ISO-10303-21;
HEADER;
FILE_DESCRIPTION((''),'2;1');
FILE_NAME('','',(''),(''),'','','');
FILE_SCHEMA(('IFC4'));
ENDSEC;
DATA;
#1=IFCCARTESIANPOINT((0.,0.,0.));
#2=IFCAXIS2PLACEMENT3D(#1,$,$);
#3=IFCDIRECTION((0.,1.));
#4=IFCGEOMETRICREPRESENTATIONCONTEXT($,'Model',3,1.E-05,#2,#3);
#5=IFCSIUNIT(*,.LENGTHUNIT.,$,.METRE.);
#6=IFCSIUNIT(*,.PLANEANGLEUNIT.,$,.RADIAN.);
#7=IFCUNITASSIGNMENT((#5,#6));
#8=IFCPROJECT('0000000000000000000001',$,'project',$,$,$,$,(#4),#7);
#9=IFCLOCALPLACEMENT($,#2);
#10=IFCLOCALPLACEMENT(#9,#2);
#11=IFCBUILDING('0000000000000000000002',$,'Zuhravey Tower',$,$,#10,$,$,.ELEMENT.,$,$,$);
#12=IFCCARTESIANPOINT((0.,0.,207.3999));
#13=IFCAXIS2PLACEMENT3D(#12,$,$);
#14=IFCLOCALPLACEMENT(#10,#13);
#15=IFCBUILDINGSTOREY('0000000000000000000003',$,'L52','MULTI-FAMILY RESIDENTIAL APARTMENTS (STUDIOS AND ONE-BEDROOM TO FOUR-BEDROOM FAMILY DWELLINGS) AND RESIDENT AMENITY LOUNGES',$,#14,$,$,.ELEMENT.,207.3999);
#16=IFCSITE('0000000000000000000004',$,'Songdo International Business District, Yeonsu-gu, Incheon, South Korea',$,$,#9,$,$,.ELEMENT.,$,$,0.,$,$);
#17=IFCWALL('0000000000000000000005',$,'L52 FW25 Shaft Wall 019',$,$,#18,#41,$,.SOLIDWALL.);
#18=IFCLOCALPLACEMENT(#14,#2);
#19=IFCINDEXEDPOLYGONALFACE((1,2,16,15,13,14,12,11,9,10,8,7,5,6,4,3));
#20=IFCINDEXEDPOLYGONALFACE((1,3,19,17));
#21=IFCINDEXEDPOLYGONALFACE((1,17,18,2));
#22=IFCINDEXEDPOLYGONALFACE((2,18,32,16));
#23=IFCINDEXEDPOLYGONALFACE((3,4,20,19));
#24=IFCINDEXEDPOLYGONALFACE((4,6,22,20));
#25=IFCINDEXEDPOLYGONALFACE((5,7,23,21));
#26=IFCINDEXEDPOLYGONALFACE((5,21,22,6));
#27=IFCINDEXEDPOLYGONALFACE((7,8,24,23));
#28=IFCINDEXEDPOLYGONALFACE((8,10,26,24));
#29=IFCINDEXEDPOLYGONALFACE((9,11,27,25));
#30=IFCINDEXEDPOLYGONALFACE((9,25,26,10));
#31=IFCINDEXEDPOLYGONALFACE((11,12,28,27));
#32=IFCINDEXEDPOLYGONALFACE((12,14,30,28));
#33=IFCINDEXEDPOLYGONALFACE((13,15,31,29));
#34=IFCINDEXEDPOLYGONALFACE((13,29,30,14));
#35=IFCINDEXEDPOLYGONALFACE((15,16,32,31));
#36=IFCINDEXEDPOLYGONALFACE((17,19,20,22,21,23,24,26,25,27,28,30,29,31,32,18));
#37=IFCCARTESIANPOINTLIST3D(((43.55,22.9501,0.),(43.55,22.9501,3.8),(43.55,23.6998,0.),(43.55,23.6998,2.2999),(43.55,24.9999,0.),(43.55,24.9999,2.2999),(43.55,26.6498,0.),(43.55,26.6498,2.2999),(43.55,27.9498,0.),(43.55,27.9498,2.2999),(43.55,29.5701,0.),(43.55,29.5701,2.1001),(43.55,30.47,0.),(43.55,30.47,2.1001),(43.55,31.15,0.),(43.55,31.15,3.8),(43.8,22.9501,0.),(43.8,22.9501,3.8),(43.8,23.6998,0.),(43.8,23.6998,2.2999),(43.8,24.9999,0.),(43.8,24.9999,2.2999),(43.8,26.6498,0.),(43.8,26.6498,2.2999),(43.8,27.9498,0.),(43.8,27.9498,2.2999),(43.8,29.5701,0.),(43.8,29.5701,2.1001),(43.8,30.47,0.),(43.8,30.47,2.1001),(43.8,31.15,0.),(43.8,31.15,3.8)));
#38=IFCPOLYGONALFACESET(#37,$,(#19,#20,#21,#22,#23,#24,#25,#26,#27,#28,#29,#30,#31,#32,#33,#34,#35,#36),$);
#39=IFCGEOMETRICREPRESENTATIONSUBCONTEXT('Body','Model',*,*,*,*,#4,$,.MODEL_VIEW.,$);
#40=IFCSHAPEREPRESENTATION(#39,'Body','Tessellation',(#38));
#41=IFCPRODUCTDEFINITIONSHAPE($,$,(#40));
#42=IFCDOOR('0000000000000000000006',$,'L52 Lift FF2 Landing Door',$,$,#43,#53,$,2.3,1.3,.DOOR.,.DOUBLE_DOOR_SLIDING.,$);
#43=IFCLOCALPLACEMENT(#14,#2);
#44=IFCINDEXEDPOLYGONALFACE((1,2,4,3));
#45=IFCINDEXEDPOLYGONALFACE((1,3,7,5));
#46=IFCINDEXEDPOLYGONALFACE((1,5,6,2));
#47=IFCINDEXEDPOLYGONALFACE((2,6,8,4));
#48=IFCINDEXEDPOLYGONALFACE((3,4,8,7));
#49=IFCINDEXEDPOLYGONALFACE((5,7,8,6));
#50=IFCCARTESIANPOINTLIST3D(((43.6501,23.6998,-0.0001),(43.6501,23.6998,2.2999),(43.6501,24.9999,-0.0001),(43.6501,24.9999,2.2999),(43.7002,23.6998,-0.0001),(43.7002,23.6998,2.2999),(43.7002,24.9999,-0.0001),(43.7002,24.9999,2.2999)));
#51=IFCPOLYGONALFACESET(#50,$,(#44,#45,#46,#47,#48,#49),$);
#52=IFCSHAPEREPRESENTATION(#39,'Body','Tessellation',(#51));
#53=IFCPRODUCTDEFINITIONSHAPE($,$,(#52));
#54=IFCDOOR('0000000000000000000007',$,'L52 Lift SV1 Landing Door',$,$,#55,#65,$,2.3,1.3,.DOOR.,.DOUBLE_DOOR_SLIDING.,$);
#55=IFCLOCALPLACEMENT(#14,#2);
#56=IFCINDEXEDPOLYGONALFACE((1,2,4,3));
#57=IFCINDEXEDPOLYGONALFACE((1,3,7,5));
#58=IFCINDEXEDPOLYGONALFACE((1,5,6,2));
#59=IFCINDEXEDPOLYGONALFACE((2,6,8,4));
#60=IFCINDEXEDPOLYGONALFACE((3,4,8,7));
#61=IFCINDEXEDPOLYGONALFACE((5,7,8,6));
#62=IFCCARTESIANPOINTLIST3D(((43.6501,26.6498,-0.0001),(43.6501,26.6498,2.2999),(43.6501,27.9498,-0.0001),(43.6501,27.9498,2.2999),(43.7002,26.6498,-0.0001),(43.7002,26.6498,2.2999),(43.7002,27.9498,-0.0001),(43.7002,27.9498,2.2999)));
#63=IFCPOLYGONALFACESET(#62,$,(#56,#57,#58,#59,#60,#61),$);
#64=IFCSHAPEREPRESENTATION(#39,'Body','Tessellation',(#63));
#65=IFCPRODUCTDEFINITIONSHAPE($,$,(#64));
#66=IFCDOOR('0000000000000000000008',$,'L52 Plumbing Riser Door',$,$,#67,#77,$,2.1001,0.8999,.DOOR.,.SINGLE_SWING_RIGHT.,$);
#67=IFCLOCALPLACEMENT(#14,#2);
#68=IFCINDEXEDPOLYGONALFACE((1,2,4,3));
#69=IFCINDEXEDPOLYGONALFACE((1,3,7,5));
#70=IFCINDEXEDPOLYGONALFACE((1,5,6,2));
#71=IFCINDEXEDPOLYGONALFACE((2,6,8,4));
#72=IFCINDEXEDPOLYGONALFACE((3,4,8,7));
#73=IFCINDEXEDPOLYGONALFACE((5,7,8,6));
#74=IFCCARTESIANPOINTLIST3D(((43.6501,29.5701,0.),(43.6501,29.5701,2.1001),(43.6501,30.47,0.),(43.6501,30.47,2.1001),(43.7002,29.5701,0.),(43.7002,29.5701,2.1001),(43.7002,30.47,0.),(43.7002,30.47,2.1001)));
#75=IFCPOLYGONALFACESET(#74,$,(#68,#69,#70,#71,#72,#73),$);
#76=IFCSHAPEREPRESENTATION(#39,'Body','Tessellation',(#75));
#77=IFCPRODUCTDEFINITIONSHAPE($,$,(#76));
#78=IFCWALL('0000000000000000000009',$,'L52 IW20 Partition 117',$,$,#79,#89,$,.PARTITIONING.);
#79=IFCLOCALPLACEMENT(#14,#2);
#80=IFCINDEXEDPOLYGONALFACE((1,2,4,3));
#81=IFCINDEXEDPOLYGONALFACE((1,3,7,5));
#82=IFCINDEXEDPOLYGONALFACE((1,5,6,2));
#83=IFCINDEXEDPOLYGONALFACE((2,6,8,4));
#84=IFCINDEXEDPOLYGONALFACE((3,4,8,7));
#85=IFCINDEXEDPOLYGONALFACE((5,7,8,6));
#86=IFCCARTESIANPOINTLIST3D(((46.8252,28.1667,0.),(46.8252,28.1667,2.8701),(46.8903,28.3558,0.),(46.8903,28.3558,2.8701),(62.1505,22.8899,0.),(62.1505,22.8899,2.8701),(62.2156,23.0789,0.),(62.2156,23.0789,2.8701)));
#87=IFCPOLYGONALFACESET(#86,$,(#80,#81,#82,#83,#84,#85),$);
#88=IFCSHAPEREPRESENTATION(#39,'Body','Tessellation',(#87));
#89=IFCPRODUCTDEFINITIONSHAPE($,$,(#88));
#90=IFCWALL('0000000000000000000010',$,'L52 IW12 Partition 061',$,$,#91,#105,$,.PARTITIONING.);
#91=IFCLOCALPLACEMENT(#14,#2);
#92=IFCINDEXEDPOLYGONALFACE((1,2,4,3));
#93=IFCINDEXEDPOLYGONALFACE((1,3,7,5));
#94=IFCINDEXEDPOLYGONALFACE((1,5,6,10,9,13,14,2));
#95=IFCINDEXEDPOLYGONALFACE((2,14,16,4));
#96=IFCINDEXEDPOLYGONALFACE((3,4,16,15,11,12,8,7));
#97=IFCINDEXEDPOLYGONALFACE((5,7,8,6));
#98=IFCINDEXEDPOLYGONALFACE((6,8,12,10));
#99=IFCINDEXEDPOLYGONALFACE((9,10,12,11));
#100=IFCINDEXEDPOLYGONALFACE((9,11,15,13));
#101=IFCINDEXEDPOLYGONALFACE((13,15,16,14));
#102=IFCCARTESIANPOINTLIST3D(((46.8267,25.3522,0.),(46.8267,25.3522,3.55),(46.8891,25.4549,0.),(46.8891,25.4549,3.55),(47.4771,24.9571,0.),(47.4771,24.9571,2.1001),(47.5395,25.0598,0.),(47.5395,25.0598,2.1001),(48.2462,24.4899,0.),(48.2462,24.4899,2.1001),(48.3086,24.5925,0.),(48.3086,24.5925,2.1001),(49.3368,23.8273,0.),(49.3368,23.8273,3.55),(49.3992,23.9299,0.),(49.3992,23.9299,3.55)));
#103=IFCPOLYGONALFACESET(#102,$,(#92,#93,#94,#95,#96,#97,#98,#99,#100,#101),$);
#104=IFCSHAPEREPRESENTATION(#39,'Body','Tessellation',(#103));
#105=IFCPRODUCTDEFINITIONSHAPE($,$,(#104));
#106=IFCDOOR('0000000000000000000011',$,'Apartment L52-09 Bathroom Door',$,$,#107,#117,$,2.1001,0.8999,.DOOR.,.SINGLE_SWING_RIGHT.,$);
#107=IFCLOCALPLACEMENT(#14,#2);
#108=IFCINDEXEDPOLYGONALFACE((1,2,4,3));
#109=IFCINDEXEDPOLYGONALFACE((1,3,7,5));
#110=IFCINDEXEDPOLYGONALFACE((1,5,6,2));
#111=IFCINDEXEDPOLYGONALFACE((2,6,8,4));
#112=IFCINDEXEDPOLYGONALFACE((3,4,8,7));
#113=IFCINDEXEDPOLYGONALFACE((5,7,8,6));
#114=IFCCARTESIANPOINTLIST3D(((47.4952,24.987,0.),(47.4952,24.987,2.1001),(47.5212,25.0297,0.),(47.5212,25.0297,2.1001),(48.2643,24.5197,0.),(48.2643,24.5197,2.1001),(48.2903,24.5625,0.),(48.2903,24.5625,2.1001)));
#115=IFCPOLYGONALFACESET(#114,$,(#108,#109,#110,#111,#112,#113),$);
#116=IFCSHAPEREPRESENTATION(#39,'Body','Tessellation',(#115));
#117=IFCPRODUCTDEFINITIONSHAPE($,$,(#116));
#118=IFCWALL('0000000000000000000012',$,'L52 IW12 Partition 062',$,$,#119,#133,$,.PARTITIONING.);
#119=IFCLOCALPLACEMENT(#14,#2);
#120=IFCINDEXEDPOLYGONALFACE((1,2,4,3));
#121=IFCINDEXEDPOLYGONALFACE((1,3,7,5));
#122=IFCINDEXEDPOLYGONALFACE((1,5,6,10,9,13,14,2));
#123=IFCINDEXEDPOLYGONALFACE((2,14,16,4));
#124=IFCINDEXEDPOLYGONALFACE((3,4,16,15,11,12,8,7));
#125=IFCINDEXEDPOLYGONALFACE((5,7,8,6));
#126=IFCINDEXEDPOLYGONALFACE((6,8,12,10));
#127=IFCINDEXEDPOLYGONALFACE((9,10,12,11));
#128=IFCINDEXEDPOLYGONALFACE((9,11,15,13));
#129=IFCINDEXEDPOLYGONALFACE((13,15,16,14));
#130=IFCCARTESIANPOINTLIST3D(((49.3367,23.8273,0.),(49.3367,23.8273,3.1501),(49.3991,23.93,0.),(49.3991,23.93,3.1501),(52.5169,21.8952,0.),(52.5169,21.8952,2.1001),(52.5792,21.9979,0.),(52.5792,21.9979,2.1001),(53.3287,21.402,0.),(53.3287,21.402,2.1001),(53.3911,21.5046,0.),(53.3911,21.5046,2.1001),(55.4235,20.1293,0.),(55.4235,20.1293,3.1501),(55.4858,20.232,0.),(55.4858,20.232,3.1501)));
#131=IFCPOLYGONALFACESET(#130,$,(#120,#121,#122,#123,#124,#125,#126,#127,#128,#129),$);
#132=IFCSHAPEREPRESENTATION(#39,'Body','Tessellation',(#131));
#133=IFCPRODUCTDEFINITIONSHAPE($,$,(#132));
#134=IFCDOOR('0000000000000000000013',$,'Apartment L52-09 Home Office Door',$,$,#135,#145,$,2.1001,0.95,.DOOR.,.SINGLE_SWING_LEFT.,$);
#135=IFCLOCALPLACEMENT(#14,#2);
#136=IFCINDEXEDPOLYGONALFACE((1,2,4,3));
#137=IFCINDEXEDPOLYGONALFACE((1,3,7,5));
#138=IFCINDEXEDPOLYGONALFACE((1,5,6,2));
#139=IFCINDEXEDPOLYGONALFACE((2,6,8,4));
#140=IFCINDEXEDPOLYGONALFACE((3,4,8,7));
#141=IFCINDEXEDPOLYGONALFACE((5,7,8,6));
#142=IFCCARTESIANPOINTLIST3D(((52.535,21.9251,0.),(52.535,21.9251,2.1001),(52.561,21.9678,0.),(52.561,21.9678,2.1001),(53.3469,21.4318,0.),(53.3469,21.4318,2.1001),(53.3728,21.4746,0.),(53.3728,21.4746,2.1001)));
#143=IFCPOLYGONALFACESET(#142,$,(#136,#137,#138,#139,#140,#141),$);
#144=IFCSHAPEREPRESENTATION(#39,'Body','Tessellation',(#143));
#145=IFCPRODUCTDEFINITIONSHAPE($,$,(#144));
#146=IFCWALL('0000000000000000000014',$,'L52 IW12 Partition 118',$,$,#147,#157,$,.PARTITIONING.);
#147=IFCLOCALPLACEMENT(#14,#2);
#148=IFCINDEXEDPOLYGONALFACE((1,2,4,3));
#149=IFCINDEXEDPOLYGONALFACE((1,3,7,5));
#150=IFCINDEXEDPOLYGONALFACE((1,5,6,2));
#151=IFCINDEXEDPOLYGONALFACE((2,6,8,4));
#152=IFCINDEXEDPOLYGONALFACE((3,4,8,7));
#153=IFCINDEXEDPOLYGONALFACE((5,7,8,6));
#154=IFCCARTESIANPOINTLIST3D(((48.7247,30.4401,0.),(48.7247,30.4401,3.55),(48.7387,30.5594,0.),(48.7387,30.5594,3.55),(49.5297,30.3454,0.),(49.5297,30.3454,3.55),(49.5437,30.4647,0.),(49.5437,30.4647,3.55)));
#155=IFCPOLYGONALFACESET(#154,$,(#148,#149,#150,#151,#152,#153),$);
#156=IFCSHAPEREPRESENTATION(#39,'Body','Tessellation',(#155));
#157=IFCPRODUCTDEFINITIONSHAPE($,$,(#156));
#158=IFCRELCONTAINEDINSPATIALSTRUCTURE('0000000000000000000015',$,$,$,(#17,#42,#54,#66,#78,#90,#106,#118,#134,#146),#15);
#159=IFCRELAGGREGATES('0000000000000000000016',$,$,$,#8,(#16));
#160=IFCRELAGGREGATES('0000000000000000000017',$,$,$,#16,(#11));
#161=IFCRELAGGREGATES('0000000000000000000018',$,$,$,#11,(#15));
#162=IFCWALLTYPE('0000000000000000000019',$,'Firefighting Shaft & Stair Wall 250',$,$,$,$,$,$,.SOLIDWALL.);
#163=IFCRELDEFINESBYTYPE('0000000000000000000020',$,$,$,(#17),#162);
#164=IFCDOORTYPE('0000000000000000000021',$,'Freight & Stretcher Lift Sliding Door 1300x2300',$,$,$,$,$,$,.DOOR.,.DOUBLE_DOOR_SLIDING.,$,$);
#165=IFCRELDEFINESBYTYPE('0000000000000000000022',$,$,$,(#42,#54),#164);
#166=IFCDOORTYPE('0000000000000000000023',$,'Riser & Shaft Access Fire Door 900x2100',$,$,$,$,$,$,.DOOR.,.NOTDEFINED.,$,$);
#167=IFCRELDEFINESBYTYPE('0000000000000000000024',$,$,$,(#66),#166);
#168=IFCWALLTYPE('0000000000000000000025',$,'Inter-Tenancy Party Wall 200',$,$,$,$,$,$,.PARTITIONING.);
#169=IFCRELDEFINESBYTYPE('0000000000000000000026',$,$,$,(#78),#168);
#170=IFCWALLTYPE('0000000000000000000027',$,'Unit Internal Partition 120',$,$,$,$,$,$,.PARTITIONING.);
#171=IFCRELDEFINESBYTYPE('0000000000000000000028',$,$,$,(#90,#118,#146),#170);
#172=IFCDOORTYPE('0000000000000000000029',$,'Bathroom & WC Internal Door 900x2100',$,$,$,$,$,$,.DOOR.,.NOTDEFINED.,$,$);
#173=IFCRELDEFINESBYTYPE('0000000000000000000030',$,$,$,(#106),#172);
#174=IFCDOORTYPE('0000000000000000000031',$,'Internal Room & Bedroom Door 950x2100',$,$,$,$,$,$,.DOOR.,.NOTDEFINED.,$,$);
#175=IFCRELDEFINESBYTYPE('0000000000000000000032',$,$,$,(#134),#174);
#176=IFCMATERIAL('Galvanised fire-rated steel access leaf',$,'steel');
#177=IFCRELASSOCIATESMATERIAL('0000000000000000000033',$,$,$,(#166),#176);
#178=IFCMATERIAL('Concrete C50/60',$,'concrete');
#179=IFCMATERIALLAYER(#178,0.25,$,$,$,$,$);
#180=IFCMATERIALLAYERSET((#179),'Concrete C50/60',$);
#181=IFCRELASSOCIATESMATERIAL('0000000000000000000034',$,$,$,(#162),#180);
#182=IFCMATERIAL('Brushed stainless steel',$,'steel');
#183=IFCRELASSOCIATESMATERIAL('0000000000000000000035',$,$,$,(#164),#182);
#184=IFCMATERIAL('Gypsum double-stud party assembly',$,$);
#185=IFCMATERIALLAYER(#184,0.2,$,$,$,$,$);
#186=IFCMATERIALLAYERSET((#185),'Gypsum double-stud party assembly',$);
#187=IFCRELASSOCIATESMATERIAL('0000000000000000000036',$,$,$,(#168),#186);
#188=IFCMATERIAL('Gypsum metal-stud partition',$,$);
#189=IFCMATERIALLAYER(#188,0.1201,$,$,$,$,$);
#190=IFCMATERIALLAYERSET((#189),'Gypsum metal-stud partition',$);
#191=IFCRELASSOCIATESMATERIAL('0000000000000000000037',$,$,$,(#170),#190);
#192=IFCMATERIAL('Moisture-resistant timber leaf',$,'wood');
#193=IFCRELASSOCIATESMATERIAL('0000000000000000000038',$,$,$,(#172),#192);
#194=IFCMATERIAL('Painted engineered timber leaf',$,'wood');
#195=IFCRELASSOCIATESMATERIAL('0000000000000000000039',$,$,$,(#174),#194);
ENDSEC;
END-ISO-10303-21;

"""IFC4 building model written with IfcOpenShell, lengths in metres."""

from ifc_helpers import new_model, si_unit, direction, frame, frame_2d, origin, place, context, subcontext, project, spatial, rectangle, extrude, material, layer, layer_set, type_object, element, fill, save


model = new_model("IFC4")

# Units and contexts
model_context = context("Model", 3, precision=1e-05, world=origin(), true_north=direction((0.0, 1.0)))
body_context = subcontext(model_context, "Body", "Model", "MODEL_VIEW")
ifc_project = project(units=[si_unit("LENGTHUNIT", "METRE"), si_unit("PLANEANGLEUNIT", "RADIAN")], contexts=[model_context])

# Site, building, storey
site_placement = place(None, origin())
site = spatial("IfcSite", under=ifc_project, at=site_placement, Name="Songdo International Business District, Yeonsu-gu, Incheon, South Korea", CompositionType="ELEMENT", RefElevation=0.0)
building_placement = place(site_placement, origin())
building = spatial("IfcBuilding", under=site, at=building_placement, Name="Zuhravey Tower", CompositionType="ELEMENT")
storey_placement = place(building_placement, frame((0.0, 0.0, 207.3999)))
storey = spatial("IfcBuildingStorey", under=building, at=storey_placement, Name="L52", Description="MULTI-FAMILY RESIDENTIAL APARTMENTS (STUDIOS AND ONE-BEDROOM TO FOUR-BEDROOM FAMILY DWELLINGS) AND RESIDENT AMENITY LOUNGES", CompositionType="ELEMENT", Elevation=207.3999)

# Shared definitions
ifc_material_1 = material(Name="Galvanised fire-rated steel access leaf", Category="steel")
door_type_1 = type_object("IfcDoorType", Name="Riser & Shaft Access Fire Door 900x2100", OperationType="NOTDEFINED", PredefinedType="DOOR", material=ifc_material_1)

# Shared definitions
ifc_material_2 = material(Name="Concrete C50/60", Category="concrete")
ifc_layer_1 = layer(ifc_material_2, 0.25)
ifc_layer_set_1 = layer_set([ifc_layer_1], Name="Concrete C50/60")
wall_type_1 = type_object("IfcWallType", Name="Firefighting Shaft & Stair Wall 250", PredefinedType="SOLIDWALL", material=ifc_layer_set_1)

# Wall, openings, doors
wall_1_placement = place(storey_placement, frame((43.675, 22.95, 0.0), z_axis=(0.0, 0.0, 1.0), x_axis=(0.0, 1.0, 0.0)))
wall_1 = element("IfcWall", 1, at=wall_1_placement, inside=storey, type_object=wall_type_1, Name="L52 FW25 Shaft Wall 019", PredefinedType="SOLIDWALL", context=body_context, shape_type="SweptSolid", body=[
    extrude(rectangle(XDim=8.2, YDim=0.25, at=frame_2d((4.1001, 0.0))), origin(), (0.0, 0.0, 1.0), 3.8),
])
opening_1_placement = place(wall_1_placement, frame((0.75, 0.0, 0.0)))
opening_1 = element("IfcOpeningElement", 2, at=opening_1_placement, cuts=wall_1, PredefinedType="OPENING", context=body_context, shape_type="SweptSolid", body=[
    extrude(rectangle(XDim=1.3, YDim=2.3, at=frame_2d((0.6499, 1.1499))), frame((0.0, 0.137, 0.0), z_axis=(0.0, -1.0, 0.0), x_axis=(1.0, 0.0, 0.0)), (0.0, 0.0, 1.0), 0.2739),
])
opening_2_placement = place(wall_1_placement, frame((3.7, 0.0, 0.0)))
opening_2 = element("IfcOpeningElement", 3, at=opening_2_placement, cuts=wall_1, PredefinedType="OPENING", context=body_context, shape_type="SweptSolid", body=[
    extrude(rectangle(XDim=1.3, YDim=2.3, at=frame_2d((0.6499, 1.1499))), frame((0.0, 0.137, 0.0), z_axis=(0.0, -1.0, 0.0), x_axis=(1.0, 0.0, 0.0)), (0.0, 0.0, 1.0), 0.2739),
])
opening_3_placement = place(wall_1_placement, frame((6.6201, 0.0, 0.0)))
opening_3 = element("IfcOpeningElement", 4, at=opening_3_placement, cuts=wall_1, PredefinedType="OPENING", context=body_context, shape_type="SweptSolid", body=[
    extrude(rectangle(XDim=0.8999, YDim=2.1001, at=frame_2d((0.45, 1.05))), frame((0.0, 0.137, 0.0), z_axis=(0.0, -1.0, 0.0), x_axis=(1.0, 0.0, 0.0)), (0.0, 0.0, 1.0), 0.2739),
])
ifc_material_3 = material(Name="Brushed stainless steel", Category="steel")
door_type_2 = type_object("IfcDoorType", Name="Freight & Stretcher Lift Sliding Door 1300x2300", OperationType="DOUBLE_DOOR_SLIDING", PredefinedType="DOOR", material=ifc_material_3)
door_1_placement = place(opening_1_placement, origin())
door_1 = element("IfcDoor", 5, at=door_1_placement, inside=storey, type_object=door_type_2, Name="L52 Lift FF2 Landing Door", OperationType="DOUBLE_DOOR_SLIDING", OverallHeight=2.3, OverallWidth=1.3, PredefinedType="DOOR", context=body_context, shape_type="SweptSolid", body=[
    extrude(rectangle(XDim=1.3, YDim=2.3, at=frame_2d((0.6499, 1.1499))), frame((0.0, 0.0249, 0.0), z_axis=(0.0, -1.0, 0.0), x_axis=(1.0, 0.0, 0.0)), (0.0, 0.0, 1.0), 0.05),
])
fill(opening_1, door_1)
door_2_placement = place(opening_2_placement, origin())
door_2 = element("IfcDoor", 6, at=door_2_placement, inside=storey, type_object=door_type_2, Name="L52 Lift SV1 Landing Door", OperationType="DOUBLE_DOOR_SLIDING", OverallHeight=2.3, OverallWidth=1.3, PredefinedType="DOOR", context=body_context, shape_type="SweptSolid", body=[
    extrude(rectangle(XDim=1.3, YDim=2.3, at=frame_2d((0.6499, 1.1499))), frame((0.0, 0.0249, 0.0), z_axis=(0.0, -1.0, 0.0), x_axis=(1.0, 0.0, 0.0)), (0.0, 0.0, 1.0), 0.05),
])
fill(opening_2, door_2)
door_3_placement = place(opening_3_placement, origin())
door_3 = element("IfcDoor", 7, at=door_3_placement, inside=storey, type_object=door_type_1, Name="L52 Plumbing Riser Door", OperationType="SINGLE_SWING_RIGHT", OverallHeight=2.1001, OverallWidth=0.8999, PredefinedType="DOOR", context=body_context, shape_type="SweptSolid", body=[
    extrude(rectangle(XDim=0.8999, YDim=2.1001, at=frame_2d((0.45, 1.05))), frame((0.0, 0.0249, 0.0), z_axis=(0.0, -1.0, 0.0), x_axis=(1.0, 0.0, 0.0)), (0.0, 0.0, 1.0), 0.05),
])
fill(opening_3, door_3)

# Wall
ifc_material_4 = material(Name="Gypsum double-stud party assembly")
ifc_layer_2 = layer(ifc_material_4, 0.2)
ifc_layer_set_2 = layer_set([ifc_layer_2], Name="Gypsum double-stud party assembly")
wall_type_2 = type_object("IfcWallType", Name="Inter-Tenancy Party Wall 200", PredefinedType="PARTITIONING", material=ifc_layer_set_2)
wall_2_placement = place(storey_placement, frame((46.8579, 28.2612, 0.0), z_axis=(0.0, 0.0, 1.0), x_axis=(0.945519, -0.325566, 0.0)))
element("IfcWall", 8, at=wall_2_placement, inside=storey, type_object=wall_type_2, Name="L52 IW20 Partition 117", PredefinedType="PARTITIONING", context=body_context, shape_type="SweptSolid", body=[
    extrude(rectangle(XDim=16.2083, YDim=0.2, at=frame_2d((8.104, 0.0))), origin(), (0.0, 0.0, 1.0), 2.8701),
])

# Walls, openings, doors
ifc_material_5 = material(Name="Gypsum metal-stud partition")
ifc_layer_3 = layer(ifc_material_5, 0.1201)
ifc_layer_set_3 = layer_set([ifc_layer_3], Name="Gypsum metal-stud partition")
wall_type_3 = type_object("IfcWallType", Name="Unit Internal Partition 120", PredefinedType="PARTITIONING", material=ifc_layer_set_3)
wall_3_placement = place(storey_placement, frame((46.8579, 25.4036, 0.0), z_axis=(0.0, 0.0, 1.0), x_axis=(0.854641, -0.519219, 0.0)))
wall_3 = element("IfcWall", 9, at=wall_3_placement, inside=storey, type_object=wall_type_3, Name="L52 IW12 Partition 061", PredefinedType="PARTITIONING", context=body_context, shape_type="SweptSolid", body=[
    extrude(rectangle(XDim=2.937, YDim=0.1201, at=frame_2d((1.4685, 0.0))), origin(), (0.0, 0.0, 1.0), 3.55),
])
opening_4_placement = place(wall_3_placement, frame((0.761, 0.0, 0.0)))
opening_4 = element("IfcOpeningElement", 10, at=opening_4_placement, cuts=wall_3, PredefinedType="OPENING", context=body_context, shape_type="SweptSolid", body=[
    extrude(rectangle(XDim=0.8999, YDim=2.1001, at=frame_2d((0.45, 1.05))), frame((0.0, 0.072, 0.0), z_axis=(0.0, -1.0, 0.0), x_axis=(1.0, 0.0, 0.0)), (0.0, 0.0, 1.0), 0.144),
])
ifc_material_6 = material(Name="Moisture-resistant timber leaf", Category="wood")
door_type_3 = type_object("IfcDoorType", Name="Bathroom & WC Internal Door 900x2100", OperationType="NOTDEFINED", PredefinedType="DOOR", material=ifc_material_6)
door_4_placement = place(opening_4_placement, origin())
door_4 = element("IfcDoor", 11, at=door_4_placement, inside=storey, type_object=door_type_3, Name="Apartment L52-09 Bathroom Door", OperationType="SINGLE_SWING_RIGHT", OverallHeight=2.1001, OverallWidth=0.8999, PredefinedType="DOOR", context=body_context, shape_type="SweptSolid", body=[
    extrude(rectangle(XDim=0.8999, YDim=2.1001, at=frame_2d((0.45, 1.05))), frame((0.0, 0.0249, 0.0), z_axis=(0.0, -1.0, 0.0), x_axis=(1.0, 0.0, 0.0)), (0.0, 0.0, 1.0), 0.05),
])
fill(opening_4, door_4)
wall_4_placement = place(storey_placement, frame((49.3679, 23.8787, 0.0), z_axis=(0.0, 0.0, 1.0), x_axis=(0.854631, -0.519237, 0.0)))
wall_4 = element("IfcWall", 12, at=wall_4_placement, inside=storey, type_object=wall_type_3, Name="L52 IW12 Partition 062", PredefinedType="PARTITIONING", context=body_context, shape_type="SweptSolid", body=[
    extrude(rectangle(XDim=7.1221, YDim=0.1201, at=frame_2d((3.561, 0.0))), origin(), (0.0, 0.0, 1.0), 3.1501),
])
opening_5_placement = place(wall_4_placement, frame((3.7209, 0.0, 0.0)))
opening_5 = element("IfcOpeningElement", 13, at=opening_5_placement, cuts=wall_4, PredefinedType="OPENING", context=body_context, shape_type="SweptSolid", body=[
    extrude(rectangle(XDim=0.95, YDim=2.1001, at=frame_2d((0.4751, 1.05))), frame((0.0, 0.072, 0.0), z_axis=(0.0, -1.0, 0.0), x_axis=(1.0, 0.0, 0.0)), (0.0, 0.0, 1.0), 0.144),
])
ifc_material_7 = material(Name="Painted engineered timber leaf", Category="wood")
door_type_4 = type_object("IfcDoorType", Name="Internal Room & Bedroom Door 950x2100", OperationType="NOTDEFINED", PredefinedType="DOOR", material=ifc_material_7)
door_5_placement = place(opening_5_placement, origin())
door_5 = element("IfcDoor", 14, at=door_5_placement, inside=storey, type_object=door_type_4, Name="Apartment L52-09 Home Office Door", OperationType="SINGLE_SWING_LEFT", OverallHeight=2.1001, OverallWidth=0.95, PredefinedType="DOOR", context=body_context, shape_type="SweptSolid", body=[
    extrude(rectangle(XDim=0.95, YDim=2.1001, at=frame_2d((0.4751, 1.05))), frame((0.0, 0.0249, 0.0), z_axis=(0.0, -1.0, 0.0), x_axis=(1.0, 0.0, 0.0)), (0.0, 0.0, 1.0), 0.05),
])
fill(opening_5, door_5)

# Wall
wall_5_placement = place(storey_placement, frame((48.7317, 30.4998, 0.0), z_axis=(0.0, 0.0, 1.0), x_axis=(0.993146, -0.116876, 0.0)))
element("IfcWall", 15, at=wall_5_placement, inside=storey, type_object=wall_type_3, Name="L52 IW12 Partition 118", PredefinedType="PARTITIONING", context=body_context, shape_type="SweptSolid", body=[
    extrude(rectangle(XDim=0.8105, YDim=0.1201, at=frame_2d((0.4053, 0.0))), origin(), (0.0, 0.0, 1.0), 3.55),
])

save(model, "model.ifc")
